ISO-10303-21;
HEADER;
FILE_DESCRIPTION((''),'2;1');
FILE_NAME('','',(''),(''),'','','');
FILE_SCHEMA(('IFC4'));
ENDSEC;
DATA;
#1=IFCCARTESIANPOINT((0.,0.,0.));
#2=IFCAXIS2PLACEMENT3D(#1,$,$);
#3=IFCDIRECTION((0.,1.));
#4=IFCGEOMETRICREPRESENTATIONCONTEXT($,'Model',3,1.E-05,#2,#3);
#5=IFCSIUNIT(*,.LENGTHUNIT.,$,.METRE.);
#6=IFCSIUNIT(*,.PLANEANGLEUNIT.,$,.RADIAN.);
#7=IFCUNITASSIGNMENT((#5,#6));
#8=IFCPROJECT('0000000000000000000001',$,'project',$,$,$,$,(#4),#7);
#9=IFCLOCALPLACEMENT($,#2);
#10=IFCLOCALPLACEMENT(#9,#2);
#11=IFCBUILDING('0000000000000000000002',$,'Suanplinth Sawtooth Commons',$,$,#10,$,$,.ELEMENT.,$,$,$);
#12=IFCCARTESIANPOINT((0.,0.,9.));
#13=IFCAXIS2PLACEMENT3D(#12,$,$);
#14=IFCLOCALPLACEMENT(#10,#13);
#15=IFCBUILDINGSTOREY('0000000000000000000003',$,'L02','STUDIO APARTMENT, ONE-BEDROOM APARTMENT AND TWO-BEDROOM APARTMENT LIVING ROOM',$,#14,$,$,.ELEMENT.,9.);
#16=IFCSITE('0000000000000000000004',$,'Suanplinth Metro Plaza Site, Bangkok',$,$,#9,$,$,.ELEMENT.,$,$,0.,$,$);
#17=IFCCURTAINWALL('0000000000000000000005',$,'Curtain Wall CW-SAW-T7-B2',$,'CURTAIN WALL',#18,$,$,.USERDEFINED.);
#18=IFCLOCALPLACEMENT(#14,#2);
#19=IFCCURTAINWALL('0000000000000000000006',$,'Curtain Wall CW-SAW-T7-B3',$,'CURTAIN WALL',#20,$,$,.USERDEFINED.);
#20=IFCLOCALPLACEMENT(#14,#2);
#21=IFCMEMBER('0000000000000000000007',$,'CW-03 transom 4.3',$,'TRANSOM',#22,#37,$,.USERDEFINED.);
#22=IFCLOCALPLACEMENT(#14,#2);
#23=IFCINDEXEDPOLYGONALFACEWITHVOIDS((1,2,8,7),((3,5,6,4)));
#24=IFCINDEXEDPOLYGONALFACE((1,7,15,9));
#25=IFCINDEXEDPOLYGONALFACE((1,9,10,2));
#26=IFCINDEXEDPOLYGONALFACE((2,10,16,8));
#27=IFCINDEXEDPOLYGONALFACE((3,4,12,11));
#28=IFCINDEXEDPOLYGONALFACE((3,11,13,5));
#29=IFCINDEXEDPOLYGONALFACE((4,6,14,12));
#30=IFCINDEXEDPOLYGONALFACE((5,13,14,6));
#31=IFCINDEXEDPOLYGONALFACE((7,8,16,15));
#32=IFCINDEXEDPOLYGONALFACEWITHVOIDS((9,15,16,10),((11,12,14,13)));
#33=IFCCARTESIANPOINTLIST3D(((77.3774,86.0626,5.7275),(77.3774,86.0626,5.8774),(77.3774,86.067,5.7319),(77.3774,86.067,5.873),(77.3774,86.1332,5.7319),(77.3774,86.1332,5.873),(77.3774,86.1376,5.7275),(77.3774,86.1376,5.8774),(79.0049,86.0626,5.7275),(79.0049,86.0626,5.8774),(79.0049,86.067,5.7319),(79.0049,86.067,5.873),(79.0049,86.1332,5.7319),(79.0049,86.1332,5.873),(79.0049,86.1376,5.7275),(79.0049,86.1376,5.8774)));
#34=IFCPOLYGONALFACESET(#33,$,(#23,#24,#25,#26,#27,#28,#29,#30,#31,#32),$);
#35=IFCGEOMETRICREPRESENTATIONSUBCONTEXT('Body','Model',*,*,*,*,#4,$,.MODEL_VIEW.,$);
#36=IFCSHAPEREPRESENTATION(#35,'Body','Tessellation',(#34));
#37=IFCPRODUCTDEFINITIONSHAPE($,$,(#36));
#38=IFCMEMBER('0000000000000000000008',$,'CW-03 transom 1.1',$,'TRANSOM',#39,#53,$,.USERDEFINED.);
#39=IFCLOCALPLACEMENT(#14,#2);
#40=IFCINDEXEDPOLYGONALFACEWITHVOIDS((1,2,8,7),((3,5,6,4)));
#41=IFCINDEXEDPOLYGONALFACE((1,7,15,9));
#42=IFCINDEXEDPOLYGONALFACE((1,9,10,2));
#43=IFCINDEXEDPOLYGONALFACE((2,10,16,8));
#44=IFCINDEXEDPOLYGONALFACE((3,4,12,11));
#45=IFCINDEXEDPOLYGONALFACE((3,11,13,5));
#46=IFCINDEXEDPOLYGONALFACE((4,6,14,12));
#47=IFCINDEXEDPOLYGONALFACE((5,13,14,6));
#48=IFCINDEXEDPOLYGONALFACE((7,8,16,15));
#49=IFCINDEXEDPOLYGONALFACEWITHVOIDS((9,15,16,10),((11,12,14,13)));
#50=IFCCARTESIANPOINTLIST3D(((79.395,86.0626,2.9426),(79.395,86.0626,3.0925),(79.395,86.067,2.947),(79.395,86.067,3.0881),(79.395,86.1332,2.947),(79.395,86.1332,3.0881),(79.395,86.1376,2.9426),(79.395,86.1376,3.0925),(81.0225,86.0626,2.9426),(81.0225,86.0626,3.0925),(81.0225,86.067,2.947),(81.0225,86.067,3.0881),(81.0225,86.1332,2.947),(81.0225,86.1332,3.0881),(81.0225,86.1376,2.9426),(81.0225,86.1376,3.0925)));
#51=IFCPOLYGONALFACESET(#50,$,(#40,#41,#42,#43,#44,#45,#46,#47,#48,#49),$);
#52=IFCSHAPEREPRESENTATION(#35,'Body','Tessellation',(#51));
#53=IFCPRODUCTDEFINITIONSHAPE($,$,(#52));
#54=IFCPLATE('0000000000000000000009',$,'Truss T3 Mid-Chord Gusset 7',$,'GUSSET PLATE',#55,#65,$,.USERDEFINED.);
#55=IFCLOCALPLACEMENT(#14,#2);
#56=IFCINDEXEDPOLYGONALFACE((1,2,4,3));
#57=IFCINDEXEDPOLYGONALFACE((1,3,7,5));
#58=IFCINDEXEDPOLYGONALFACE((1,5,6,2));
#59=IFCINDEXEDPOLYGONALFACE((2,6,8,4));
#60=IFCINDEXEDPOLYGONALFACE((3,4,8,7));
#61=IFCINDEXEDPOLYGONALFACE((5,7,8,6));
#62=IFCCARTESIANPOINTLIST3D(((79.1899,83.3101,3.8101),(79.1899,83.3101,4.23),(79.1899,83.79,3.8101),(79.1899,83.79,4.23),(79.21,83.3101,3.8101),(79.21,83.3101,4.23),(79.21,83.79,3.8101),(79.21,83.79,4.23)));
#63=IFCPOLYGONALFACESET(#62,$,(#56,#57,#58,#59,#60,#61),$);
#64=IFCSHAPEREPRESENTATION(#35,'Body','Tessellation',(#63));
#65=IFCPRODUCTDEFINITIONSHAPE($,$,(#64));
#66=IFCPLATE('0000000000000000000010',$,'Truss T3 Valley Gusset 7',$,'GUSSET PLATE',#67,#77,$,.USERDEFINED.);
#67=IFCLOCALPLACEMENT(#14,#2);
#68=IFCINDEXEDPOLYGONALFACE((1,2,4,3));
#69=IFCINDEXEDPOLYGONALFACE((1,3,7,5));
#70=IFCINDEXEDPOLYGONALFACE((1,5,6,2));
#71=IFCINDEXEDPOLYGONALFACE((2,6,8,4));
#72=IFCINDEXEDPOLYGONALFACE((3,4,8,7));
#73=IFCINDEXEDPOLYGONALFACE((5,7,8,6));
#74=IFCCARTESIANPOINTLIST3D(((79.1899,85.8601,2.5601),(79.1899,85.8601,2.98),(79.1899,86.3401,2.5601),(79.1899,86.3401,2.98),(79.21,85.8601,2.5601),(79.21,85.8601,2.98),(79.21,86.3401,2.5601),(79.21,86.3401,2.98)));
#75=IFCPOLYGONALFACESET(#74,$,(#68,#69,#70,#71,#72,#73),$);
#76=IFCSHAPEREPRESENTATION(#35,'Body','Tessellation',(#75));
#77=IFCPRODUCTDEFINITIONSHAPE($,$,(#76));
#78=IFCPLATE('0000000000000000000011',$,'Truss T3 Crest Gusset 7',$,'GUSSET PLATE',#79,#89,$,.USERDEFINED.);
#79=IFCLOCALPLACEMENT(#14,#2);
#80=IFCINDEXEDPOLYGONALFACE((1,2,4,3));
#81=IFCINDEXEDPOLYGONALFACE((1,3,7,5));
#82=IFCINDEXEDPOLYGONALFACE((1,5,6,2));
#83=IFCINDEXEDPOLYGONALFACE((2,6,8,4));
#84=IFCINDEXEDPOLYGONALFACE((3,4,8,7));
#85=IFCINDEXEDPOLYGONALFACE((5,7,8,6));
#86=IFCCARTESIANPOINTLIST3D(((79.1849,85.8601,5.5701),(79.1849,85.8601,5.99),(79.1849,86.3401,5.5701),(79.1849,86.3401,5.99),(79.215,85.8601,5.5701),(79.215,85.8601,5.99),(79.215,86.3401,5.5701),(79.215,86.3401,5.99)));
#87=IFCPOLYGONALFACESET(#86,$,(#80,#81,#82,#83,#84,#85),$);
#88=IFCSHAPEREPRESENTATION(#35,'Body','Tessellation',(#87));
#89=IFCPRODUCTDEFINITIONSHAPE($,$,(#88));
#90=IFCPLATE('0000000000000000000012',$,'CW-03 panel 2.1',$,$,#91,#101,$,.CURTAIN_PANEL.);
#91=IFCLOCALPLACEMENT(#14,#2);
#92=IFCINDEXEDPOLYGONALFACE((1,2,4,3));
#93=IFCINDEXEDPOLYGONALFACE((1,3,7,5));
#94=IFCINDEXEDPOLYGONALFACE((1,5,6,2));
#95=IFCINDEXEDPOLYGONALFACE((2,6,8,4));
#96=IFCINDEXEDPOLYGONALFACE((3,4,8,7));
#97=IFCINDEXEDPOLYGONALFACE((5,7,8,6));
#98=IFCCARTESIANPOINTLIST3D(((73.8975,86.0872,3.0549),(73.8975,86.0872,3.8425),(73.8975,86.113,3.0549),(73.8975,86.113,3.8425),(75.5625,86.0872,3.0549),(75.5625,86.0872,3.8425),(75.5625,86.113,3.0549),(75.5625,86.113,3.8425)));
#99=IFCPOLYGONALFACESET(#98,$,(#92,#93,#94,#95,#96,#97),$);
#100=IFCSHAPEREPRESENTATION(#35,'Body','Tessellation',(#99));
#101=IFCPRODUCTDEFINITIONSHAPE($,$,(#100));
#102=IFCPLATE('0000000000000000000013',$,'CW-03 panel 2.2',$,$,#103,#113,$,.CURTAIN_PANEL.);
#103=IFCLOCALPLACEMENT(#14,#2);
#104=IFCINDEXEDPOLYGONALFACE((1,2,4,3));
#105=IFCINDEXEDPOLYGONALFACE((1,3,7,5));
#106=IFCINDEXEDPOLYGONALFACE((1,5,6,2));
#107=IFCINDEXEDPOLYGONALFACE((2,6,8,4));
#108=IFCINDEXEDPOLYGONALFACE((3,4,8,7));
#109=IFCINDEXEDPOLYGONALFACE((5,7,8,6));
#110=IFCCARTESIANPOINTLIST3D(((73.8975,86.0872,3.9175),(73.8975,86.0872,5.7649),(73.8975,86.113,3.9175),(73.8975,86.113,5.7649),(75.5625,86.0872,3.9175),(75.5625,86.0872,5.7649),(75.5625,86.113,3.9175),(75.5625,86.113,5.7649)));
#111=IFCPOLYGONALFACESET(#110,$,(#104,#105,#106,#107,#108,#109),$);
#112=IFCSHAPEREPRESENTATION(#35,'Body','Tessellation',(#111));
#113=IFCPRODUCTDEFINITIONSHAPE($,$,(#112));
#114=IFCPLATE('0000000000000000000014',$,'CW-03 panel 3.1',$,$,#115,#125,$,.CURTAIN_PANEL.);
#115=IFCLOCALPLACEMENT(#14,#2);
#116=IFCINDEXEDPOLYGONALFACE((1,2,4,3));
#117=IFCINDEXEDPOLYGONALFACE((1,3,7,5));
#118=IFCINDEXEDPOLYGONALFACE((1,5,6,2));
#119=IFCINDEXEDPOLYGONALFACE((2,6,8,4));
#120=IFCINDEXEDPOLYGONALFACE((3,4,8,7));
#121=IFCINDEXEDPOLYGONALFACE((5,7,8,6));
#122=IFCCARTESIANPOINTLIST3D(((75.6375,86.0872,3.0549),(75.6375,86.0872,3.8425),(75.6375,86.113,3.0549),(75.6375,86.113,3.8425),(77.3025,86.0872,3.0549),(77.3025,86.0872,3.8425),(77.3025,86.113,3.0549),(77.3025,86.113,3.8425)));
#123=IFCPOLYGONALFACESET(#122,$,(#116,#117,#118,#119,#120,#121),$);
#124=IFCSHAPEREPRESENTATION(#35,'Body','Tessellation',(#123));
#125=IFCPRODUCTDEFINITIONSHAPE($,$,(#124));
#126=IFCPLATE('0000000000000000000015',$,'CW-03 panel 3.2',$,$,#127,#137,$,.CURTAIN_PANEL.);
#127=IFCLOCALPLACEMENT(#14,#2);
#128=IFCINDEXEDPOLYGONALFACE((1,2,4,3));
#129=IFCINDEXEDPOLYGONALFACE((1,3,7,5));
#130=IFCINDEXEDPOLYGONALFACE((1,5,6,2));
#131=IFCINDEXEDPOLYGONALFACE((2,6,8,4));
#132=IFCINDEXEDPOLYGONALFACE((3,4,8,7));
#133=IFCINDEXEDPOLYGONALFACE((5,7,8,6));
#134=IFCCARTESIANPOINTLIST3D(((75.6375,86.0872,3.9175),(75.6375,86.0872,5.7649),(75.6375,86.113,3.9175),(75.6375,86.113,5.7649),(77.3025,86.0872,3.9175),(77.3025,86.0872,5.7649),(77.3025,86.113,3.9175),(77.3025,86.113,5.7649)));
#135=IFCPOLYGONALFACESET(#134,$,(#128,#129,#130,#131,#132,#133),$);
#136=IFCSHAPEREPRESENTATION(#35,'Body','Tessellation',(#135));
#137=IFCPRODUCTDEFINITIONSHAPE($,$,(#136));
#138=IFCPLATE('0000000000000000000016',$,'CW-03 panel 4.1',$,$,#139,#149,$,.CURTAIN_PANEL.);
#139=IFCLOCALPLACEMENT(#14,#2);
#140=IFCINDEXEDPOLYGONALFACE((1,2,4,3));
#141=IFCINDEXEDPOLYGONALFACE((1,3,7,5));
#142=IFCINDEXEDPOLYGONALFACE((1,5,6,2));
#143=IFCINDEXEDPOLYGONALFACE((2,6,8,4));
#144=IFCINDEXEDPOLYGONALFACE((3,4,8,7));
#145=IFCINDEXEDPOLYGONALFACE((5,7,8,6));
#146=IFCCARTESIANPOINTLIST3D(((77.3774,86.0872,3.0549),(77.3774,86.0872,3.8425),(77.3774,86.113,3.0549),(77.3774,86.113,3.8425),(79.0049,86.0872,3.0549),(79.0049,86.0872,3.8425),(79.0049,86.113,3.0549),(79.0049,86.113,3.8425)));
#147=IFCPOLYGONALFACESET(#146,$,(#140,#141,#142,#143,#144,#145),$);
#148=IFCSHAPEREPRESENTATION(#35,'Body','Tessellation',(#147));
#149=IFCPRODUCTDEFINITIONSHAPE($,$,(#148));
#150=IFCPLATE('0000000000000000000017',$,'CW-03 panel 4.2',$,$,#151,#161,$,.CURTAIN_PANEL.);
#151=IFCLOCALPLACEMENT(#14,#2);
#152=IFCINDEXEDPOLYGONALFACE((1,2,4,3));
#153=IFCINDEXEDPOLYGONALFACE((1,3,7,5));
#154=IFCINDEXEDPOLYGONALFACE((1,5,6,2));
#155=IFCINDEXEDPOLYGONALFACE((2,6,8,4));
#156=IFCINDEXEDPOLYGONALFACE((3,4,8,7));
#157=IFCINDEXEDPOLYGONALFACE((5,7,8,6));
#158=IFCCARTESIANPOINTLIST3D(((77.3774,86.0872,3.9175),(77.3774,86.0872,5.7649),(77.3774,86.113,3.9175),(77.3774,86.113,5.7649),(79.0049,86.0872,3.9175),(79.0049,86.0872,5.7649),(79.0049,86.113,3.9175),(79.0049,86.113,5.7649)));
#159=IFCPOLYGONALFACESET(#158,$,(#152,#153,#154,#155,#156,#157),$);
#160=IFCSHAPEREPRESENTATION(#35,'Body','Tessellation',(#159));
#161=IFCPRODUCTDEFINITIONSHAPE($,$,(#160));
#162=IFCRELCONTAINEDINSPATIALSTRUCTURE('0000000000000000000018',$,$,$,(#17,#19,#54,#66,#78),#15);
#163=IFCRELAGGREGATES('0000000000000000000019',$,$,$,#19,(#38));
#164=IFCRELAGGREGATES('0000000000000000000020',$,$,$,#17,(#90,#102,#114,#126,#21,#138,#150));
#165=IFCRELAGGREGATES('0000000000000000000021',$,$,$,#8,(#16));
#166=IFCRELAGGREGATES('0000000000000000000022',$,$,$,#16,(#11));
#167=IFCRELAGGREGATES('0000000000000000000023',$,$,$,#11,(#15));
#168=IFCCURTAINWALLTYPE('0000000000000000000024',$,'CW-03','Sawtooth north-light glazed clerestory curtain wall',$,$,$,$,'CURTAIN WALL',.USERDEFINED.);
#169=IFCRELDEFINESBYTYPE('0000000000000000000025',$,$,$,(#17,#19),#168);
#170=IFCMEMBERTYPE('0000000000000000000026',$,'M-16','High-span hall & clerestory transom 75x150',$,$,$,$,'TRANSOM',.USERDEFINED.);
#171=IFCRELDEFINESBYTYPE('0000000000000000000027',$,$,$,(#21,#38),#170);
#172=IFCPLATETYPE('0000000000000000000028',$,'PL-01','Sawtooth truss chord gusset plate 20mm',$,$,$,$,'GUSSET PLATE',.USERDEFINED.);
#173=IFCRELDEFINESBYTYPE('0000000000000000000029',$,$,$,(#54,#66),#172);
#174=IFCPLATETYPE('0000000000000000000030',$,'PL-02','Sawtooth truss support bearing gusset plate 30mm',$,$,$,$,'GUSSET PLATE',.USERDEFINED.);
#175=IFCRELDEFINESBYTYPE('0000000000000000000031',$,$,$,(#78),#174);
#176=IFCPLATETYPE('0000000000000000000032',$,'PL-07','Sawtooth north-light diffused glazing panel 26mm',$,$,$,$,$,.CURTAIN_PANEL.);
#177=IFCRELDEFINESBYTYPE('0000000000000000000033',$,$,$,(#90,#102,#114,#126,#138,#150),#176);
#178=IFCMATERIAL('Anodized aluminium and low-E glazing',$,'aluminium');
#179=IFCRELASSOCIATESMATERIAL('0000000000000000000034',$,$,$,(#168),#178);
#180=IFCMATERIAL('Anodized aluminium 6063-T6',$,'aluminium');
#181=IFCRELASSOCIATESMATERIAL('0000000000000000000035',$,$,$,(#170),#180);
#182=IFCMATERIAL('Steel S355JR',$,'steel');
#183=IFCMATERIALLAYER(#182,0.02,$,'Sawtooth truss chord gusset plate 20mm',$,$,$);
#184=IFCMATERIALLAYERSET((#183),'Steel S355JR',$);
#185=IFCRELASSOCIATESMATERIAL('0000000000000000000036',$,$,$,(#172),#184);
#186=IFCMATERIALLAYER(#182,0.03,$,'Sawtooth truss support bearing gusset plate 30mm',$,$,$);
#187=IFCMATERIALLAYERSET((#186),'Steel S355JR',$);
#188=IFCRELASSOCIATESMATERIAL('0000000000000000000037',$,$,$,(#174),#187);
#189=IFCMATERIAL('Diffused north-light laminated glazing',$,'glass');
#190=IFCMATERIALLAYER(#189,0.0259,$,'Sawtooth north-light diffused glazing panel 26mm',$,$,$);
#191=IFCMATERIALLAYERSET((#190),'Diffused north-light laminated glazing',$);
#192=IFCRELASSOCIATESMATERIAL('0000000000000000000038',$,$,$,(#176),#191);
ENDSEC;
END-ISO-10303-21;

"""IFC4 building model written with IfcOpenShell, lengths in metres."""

from ifc_helpers import new_model, si_unit, direction, frame, origin, origin_2d, place, context, subcontext, project, spatial, rectangle, hollow_rectangle, extrude, material, layer, layer_set, material_profile, profile_set, type_object, element, aggregate, save


model = new_model("IFC4")

# Units and contexts
model_context = context("Model", 3, precision=1e-05, world=origin(), true_north=direction((0.0, 1.0)))
body_context = subcontext(model_context, "Body", "Model", "MODEL_VIEW")
ifc_project = project(units=[si_unit("LENGTHUNIT", "METRE"), si_unit("PLANEANGLEUNIT", "RADIAN")], contexts=[model_context])

# Site, building, storey
site_placement = place(None, origin())
site = spatial("IfcSite", under=ifc_project, at=site_placement, Name="Suanplinth Metro Plaza Site, Bangkok", CompositionType="ELEMENT", RefElevation=0.0)
building_placement = place(site_placement, origin())
building = spatial("IfcBuilding", under=site, at=building_placement, Name="Suanplinth Sawtooth Commons", CompositionType="ELEMENT")
storey_placement = place(building_placement, frame((0.0, 0.0, 9.0)))
storey = spatial("IfcBuildingStorey", under=building, at=storey_placement, Name="L02", Description="STUDIO APARTMENT, ONE-BEDROOM APARTMENT AND TWO-BEDROOM APARTMENT LIVING ROOM", CompositionType="ELEMENT", Elevation=9.0)

# Shared definitions
ifc_material_1 = material(Name="Steel S355JR", Category="steel")

# Curtain wall
ifc_material_2 = material(Name="Anodized aluminium and low-E glazing", Category="aluminium")
curtain_wall_type = type_object("IfcCurtainWallType", Name="CW-03", Description="Sawtooth north-light glazed clerestory curtain wall", ElementType="CURTAIN WALL", PredefinedType="USERDEFINED", material=ifc_material_2)
curtain_wall_1_placement = place(storey_placement, origin())
curtain_wall_1 = element("IfcCurtainWall", 1, at=curtain_wall_1_placement, inside=storey, type_object=curtain_wall_type, Name="Curtain Wall CW-SAW-T7-B2", ObjectType="CURTAIN WALL", PredefinedType="USERDEFINED")
ifc_material_3 = material(Name="Anodized aluminium 6063-T6", Category="aluminium")

# Curtain wall
curtain_wall_2_placement = place(storey_placement, origin())
curtain_wall_2 = element("IfcCurtainWall", 2, at=curtain_wall_2_placement, inside=storey, type_object=curtain_wall_type, Name="Curtain Wall CW-SAW-T7-B3", ObjectType="CURTAIN WALL", PredefinedType="USERDEFINED")

# Members
ifc_material_profile_1 = material_profile(ifc_material_3, hollow_rectangle(XDim=0.075, YDim=0.1499, WallThickness=0.0044, at=origin_2d()), Name="ALU-TRN 75x150")
ifc_profile_set_1 = profile_set([ifc_material_profile_1], Name="Anodized aluminium 6063-T6")
member_type_1 = type_object("IfcMemberType", Name="M-16", Description="High-span hall & clerestory transom 75x150", ElementType="TRANSOM", PredefinedType="USERDEFINED", material=ifc_profile_set_1)
member_1_placement = place(storey_placement, frame((77.3774, 86.1001, 5.8025), z_axis=(1.0, 0.0, 0.0), x_axis=(0.0, 1.0, 0.0)))
member_1 = element("IfcMember", 3, at=member_1_placement, type_object=member_type_1, Name="CW-03 transom 4.3", ObjectType="TRANSOM", PredefinedType="USERDEFINED", context=body_context, shape_type="SweptSolid", body=[
    extrude(hollow_rectangle(XDim=0.075, YDim=0.1499, WallThickness=0.0044, at=origin_2d()), origin(), (0.0, 0.0, 1.0), 1.6274),
])
member_2_placement = place(storey_placement, frame((79.395, 86.1001, 3.0176), z_axis=(1.0, 0.0, 0.0), x_axis=(0.0, 1.0, 0.0)))
member_2 = element("IfcMember", 4, at=member_2_placement, type_object=member_type_1, Name="CW-03 transom 1.1", ObjectType="TRANSOM", PredefinedType="USERDEFINED", context=body_context, shape_type="SweptSolid", body=[
    extrude(hollow_rectangle(XDim=0.075, YDim=0.1499, WallThickness=0.0044, at=origin_2d()), origin(), (0.0, 0.0, 1.0), 1.6274),
])
aggregate(curtain_wall_2, [member_2])

# Plates
ifc_layer_1 = layer(ifc_material_1, 0.02, Name="Sawtooth truss chord gusset plate 20mm")
ifc_layer_set_1 = layer_set([ifc_layer_1], Name="Steel S355JR")
plate_type_1 = type_object("IfcPlateType", Name="PL-01", Description="Sawtooth truss chord gusset plate 20mm", ElementType="GUSSET PLATE", PredefinedType="USERDEFINED", material=ifc_layer_set_1)
for number, where, z_axis, x_axis, name in (
    (5, (79.2, 83.55, 3.8101), (0.0, 0.0, 1.0), (1.0, 0.0, 0.0), "Truss T3 Mid-Chord Gusset 7"),
    (6, (79.2, 86.1001, 2.5601), (0.0, 0.0, 1.0), (1.0, 0.0, 0.0), "Truss T3 Valley Gusset 7"),
):
    element("IfcPlate", number, at=place(storey_placement, frame(where, z_axis=z_axis, x_axis=x_axis)), inside=storey, type_object=plate_type_1, Name=name, ObjectType="GUSSET PLATE", PredefinedType="USERDEFINED", context=body_context, shape_type="SweptSolid", body=[
        extrude(rectangle(XDim=0.02, YDim=0.48, at=origin_2d()), origin(), (0.0, 0.0, 1.0), 0.4199),
    ])
ifc_layer_2 = layer(ifc_material_1, 0.03, Name="Sawtooth truss support bearing gusset plate 30mm")
ifc_layer_set_2 = layer_set([ifc_layer_2], Name="Steel S355JR")
plate_type_2 = type_object("IfcPlateType", Name="PL-02", Description="Sawtooth truss support bearing gusset plate 30mm", ElementType="GUSSET PLATE", PredefinedType="USERDEFINED", material=ifc_layer_set_2)
plate_1_placement = place(storey_placement, frame((79.2, 86.1001, 5.5701), z_axis=(0.0, 0.0, 1.0), x_axis=(1.0, 0.0, 0.0)))
element("IfcPlate", 7, at=plate_1_placement, inside=storey, type_object=plate_type_2, Name="Truss T3 Crest Gusset 7", ObjectType="GUSSET PLATE", PredefinedType="USERDEFINED", context=body_context, shape_type="SweptSolid", body=[
    extrude(rectangle(XDim=0.03, YDim=0.48, at=origin_2d()), origin(), (0.0, 0.0, 1.0), 0.4199),
])

# Plates
ifc_material_4 = material(Name="Diffused north-light laminated glazing", Category="glass")
ifc_layer_3 = layer(ifc_material_4, 0.0259, Name="Sawtooth north-light diffused glazing panel 26mm")
ifc_layer_set_3 = layer_set([ifc_layer_3], Name="Diffused north-light laminated glazing")
plate_type_3 = type_object("IfcPlateType", Name="PL-07", Description="Sawtooth north-light diffused glazing panel 26mm", PredefinedType="CURTAIN_PANEL", material=ifc_layer_set_3)
plate_2_placement = place(storey_placement, frame((74.73, 86.1001, 3.0549), z_axis=(0.0, 0.0, 1.0), x_axis=(1.0, 0.0, 0.0)))
plate_2 = element("IfcPlate", 8, at=plate_2_placement, type_object=plate_type_3, Name="CW-03 panel 2.1", PredefinedType="CURTAIN_PANEL", context=body_context, shape_type="SweptSolid", body=[
    extrude(rectangle(XDim=1.665, YDim=0.0259, at=origin_2d()), origin(), (0.0, 0.0, 1.0), 0.7876),
])
plate_3_placement = place(storey_placement, frame((74.73, 86.1001, 3.9175), z_axis=(0.0, 0.0, 1.0), x_axis=(1.0, 0.0, 0.0)))
plate_3 = element("IfcPlate", 9, at=plate_3_placement, type_object=plate_type_3, Name="CW-03 panel 2.2", PredefinedType="CURTAIN_PANEL", context=body_context, shape_type="SweptSolid", body=[
    extrude(rectangle(XDim=1.665, YDim=0.0259, at=origin_2d()), origin(), (0.0, 0.0, 1.0), 1.8474),
])
plate_4_placement = place(storey_placement, frame((76.47, 86.1001, 3.0549), z_axis=(0.0, 0.0, 1.0), x_axis=(1.0, 0.0, 0.0)))
plate_4 = element("IfcPlate", 10, at=plate_4_placement, type_object=plate_type_3, Name="CW-03 panel 3.1", PredefinedType="CURTAIN_PANEL", context=body_context, shape_type="SweptSolid", body=[
    extrude(rectangle(XDim=1.665, YDim=0.0259, at=origin_2d()), origin(), (0.0, 0.0, 1.0), 0.7876),
])
plate_5_placement = place(storey_placement, frame((76.47, 86.1001, 3.9175), z_axis=(0.0, 0.0, 1.0), x_axis=(1.0, 0.0, 0.0)))
plate_5 = element("IfcPlate", 11, at=plate_5_placement, type_object=plate_type_3, Name="CW-03 panel 3.2", PredefinedType="CURTAIN_PANEL", context=body_context, shape_type="SweptSolid", body=[
    extrude(rectangle(XDim=1.665, YDim=0.0259, at=origin_2d()), origin(), (0.0, 0.0, 1.0), 1.8474),
])
plate_6_placement = place(storey_placement, frame((78.1912, 86.1001, 3.0549), z_axis=(0.0, 0.0, 1.0), x_axis=(1.0, 0.0, 0.0)))
plate_6 = element("IfcPlate", 12, at=plate_6_placement, type_object=plate_type_3, Name="CW-03 panel 4.1", PredefinedType="CURTAIN_PANEL", context=body_context, shape_type="SweptSolid", body=[
    extrude(rectangle(XDim=1.6274, YDim=0.0259, at=origin_2d()), origin(), (0.0, 0.0, 1.0), 0.7876),
])
plate_7_placement = place(storey_placement, frame((78.1912, 86.1001, 3.9175), z_axis=(0.0, 0.0, 1.0), x_axis=(1.0, 0.0, 0.0)))
plate_7 = element("IfcPlate", 13, at=plate_7_placement, type_object=plate_type_3, Name="CW-03 panel 4.2", PredefinedType="CURTAIN_PANEL", context=body_context, shape_type="SweptSolid", body=[
    extrude(rectangle(XDim=1.6274, YDim=0.0259, at=origin_2d()), origin(), (0.0, 0.0, 1.0), 1.8474),
])
aggregate(curtain_wall_1, [plate_2, plate_3, plate_4, plate_5, member_1, plate_6, plate_7])

save(model, "model.ifc")
